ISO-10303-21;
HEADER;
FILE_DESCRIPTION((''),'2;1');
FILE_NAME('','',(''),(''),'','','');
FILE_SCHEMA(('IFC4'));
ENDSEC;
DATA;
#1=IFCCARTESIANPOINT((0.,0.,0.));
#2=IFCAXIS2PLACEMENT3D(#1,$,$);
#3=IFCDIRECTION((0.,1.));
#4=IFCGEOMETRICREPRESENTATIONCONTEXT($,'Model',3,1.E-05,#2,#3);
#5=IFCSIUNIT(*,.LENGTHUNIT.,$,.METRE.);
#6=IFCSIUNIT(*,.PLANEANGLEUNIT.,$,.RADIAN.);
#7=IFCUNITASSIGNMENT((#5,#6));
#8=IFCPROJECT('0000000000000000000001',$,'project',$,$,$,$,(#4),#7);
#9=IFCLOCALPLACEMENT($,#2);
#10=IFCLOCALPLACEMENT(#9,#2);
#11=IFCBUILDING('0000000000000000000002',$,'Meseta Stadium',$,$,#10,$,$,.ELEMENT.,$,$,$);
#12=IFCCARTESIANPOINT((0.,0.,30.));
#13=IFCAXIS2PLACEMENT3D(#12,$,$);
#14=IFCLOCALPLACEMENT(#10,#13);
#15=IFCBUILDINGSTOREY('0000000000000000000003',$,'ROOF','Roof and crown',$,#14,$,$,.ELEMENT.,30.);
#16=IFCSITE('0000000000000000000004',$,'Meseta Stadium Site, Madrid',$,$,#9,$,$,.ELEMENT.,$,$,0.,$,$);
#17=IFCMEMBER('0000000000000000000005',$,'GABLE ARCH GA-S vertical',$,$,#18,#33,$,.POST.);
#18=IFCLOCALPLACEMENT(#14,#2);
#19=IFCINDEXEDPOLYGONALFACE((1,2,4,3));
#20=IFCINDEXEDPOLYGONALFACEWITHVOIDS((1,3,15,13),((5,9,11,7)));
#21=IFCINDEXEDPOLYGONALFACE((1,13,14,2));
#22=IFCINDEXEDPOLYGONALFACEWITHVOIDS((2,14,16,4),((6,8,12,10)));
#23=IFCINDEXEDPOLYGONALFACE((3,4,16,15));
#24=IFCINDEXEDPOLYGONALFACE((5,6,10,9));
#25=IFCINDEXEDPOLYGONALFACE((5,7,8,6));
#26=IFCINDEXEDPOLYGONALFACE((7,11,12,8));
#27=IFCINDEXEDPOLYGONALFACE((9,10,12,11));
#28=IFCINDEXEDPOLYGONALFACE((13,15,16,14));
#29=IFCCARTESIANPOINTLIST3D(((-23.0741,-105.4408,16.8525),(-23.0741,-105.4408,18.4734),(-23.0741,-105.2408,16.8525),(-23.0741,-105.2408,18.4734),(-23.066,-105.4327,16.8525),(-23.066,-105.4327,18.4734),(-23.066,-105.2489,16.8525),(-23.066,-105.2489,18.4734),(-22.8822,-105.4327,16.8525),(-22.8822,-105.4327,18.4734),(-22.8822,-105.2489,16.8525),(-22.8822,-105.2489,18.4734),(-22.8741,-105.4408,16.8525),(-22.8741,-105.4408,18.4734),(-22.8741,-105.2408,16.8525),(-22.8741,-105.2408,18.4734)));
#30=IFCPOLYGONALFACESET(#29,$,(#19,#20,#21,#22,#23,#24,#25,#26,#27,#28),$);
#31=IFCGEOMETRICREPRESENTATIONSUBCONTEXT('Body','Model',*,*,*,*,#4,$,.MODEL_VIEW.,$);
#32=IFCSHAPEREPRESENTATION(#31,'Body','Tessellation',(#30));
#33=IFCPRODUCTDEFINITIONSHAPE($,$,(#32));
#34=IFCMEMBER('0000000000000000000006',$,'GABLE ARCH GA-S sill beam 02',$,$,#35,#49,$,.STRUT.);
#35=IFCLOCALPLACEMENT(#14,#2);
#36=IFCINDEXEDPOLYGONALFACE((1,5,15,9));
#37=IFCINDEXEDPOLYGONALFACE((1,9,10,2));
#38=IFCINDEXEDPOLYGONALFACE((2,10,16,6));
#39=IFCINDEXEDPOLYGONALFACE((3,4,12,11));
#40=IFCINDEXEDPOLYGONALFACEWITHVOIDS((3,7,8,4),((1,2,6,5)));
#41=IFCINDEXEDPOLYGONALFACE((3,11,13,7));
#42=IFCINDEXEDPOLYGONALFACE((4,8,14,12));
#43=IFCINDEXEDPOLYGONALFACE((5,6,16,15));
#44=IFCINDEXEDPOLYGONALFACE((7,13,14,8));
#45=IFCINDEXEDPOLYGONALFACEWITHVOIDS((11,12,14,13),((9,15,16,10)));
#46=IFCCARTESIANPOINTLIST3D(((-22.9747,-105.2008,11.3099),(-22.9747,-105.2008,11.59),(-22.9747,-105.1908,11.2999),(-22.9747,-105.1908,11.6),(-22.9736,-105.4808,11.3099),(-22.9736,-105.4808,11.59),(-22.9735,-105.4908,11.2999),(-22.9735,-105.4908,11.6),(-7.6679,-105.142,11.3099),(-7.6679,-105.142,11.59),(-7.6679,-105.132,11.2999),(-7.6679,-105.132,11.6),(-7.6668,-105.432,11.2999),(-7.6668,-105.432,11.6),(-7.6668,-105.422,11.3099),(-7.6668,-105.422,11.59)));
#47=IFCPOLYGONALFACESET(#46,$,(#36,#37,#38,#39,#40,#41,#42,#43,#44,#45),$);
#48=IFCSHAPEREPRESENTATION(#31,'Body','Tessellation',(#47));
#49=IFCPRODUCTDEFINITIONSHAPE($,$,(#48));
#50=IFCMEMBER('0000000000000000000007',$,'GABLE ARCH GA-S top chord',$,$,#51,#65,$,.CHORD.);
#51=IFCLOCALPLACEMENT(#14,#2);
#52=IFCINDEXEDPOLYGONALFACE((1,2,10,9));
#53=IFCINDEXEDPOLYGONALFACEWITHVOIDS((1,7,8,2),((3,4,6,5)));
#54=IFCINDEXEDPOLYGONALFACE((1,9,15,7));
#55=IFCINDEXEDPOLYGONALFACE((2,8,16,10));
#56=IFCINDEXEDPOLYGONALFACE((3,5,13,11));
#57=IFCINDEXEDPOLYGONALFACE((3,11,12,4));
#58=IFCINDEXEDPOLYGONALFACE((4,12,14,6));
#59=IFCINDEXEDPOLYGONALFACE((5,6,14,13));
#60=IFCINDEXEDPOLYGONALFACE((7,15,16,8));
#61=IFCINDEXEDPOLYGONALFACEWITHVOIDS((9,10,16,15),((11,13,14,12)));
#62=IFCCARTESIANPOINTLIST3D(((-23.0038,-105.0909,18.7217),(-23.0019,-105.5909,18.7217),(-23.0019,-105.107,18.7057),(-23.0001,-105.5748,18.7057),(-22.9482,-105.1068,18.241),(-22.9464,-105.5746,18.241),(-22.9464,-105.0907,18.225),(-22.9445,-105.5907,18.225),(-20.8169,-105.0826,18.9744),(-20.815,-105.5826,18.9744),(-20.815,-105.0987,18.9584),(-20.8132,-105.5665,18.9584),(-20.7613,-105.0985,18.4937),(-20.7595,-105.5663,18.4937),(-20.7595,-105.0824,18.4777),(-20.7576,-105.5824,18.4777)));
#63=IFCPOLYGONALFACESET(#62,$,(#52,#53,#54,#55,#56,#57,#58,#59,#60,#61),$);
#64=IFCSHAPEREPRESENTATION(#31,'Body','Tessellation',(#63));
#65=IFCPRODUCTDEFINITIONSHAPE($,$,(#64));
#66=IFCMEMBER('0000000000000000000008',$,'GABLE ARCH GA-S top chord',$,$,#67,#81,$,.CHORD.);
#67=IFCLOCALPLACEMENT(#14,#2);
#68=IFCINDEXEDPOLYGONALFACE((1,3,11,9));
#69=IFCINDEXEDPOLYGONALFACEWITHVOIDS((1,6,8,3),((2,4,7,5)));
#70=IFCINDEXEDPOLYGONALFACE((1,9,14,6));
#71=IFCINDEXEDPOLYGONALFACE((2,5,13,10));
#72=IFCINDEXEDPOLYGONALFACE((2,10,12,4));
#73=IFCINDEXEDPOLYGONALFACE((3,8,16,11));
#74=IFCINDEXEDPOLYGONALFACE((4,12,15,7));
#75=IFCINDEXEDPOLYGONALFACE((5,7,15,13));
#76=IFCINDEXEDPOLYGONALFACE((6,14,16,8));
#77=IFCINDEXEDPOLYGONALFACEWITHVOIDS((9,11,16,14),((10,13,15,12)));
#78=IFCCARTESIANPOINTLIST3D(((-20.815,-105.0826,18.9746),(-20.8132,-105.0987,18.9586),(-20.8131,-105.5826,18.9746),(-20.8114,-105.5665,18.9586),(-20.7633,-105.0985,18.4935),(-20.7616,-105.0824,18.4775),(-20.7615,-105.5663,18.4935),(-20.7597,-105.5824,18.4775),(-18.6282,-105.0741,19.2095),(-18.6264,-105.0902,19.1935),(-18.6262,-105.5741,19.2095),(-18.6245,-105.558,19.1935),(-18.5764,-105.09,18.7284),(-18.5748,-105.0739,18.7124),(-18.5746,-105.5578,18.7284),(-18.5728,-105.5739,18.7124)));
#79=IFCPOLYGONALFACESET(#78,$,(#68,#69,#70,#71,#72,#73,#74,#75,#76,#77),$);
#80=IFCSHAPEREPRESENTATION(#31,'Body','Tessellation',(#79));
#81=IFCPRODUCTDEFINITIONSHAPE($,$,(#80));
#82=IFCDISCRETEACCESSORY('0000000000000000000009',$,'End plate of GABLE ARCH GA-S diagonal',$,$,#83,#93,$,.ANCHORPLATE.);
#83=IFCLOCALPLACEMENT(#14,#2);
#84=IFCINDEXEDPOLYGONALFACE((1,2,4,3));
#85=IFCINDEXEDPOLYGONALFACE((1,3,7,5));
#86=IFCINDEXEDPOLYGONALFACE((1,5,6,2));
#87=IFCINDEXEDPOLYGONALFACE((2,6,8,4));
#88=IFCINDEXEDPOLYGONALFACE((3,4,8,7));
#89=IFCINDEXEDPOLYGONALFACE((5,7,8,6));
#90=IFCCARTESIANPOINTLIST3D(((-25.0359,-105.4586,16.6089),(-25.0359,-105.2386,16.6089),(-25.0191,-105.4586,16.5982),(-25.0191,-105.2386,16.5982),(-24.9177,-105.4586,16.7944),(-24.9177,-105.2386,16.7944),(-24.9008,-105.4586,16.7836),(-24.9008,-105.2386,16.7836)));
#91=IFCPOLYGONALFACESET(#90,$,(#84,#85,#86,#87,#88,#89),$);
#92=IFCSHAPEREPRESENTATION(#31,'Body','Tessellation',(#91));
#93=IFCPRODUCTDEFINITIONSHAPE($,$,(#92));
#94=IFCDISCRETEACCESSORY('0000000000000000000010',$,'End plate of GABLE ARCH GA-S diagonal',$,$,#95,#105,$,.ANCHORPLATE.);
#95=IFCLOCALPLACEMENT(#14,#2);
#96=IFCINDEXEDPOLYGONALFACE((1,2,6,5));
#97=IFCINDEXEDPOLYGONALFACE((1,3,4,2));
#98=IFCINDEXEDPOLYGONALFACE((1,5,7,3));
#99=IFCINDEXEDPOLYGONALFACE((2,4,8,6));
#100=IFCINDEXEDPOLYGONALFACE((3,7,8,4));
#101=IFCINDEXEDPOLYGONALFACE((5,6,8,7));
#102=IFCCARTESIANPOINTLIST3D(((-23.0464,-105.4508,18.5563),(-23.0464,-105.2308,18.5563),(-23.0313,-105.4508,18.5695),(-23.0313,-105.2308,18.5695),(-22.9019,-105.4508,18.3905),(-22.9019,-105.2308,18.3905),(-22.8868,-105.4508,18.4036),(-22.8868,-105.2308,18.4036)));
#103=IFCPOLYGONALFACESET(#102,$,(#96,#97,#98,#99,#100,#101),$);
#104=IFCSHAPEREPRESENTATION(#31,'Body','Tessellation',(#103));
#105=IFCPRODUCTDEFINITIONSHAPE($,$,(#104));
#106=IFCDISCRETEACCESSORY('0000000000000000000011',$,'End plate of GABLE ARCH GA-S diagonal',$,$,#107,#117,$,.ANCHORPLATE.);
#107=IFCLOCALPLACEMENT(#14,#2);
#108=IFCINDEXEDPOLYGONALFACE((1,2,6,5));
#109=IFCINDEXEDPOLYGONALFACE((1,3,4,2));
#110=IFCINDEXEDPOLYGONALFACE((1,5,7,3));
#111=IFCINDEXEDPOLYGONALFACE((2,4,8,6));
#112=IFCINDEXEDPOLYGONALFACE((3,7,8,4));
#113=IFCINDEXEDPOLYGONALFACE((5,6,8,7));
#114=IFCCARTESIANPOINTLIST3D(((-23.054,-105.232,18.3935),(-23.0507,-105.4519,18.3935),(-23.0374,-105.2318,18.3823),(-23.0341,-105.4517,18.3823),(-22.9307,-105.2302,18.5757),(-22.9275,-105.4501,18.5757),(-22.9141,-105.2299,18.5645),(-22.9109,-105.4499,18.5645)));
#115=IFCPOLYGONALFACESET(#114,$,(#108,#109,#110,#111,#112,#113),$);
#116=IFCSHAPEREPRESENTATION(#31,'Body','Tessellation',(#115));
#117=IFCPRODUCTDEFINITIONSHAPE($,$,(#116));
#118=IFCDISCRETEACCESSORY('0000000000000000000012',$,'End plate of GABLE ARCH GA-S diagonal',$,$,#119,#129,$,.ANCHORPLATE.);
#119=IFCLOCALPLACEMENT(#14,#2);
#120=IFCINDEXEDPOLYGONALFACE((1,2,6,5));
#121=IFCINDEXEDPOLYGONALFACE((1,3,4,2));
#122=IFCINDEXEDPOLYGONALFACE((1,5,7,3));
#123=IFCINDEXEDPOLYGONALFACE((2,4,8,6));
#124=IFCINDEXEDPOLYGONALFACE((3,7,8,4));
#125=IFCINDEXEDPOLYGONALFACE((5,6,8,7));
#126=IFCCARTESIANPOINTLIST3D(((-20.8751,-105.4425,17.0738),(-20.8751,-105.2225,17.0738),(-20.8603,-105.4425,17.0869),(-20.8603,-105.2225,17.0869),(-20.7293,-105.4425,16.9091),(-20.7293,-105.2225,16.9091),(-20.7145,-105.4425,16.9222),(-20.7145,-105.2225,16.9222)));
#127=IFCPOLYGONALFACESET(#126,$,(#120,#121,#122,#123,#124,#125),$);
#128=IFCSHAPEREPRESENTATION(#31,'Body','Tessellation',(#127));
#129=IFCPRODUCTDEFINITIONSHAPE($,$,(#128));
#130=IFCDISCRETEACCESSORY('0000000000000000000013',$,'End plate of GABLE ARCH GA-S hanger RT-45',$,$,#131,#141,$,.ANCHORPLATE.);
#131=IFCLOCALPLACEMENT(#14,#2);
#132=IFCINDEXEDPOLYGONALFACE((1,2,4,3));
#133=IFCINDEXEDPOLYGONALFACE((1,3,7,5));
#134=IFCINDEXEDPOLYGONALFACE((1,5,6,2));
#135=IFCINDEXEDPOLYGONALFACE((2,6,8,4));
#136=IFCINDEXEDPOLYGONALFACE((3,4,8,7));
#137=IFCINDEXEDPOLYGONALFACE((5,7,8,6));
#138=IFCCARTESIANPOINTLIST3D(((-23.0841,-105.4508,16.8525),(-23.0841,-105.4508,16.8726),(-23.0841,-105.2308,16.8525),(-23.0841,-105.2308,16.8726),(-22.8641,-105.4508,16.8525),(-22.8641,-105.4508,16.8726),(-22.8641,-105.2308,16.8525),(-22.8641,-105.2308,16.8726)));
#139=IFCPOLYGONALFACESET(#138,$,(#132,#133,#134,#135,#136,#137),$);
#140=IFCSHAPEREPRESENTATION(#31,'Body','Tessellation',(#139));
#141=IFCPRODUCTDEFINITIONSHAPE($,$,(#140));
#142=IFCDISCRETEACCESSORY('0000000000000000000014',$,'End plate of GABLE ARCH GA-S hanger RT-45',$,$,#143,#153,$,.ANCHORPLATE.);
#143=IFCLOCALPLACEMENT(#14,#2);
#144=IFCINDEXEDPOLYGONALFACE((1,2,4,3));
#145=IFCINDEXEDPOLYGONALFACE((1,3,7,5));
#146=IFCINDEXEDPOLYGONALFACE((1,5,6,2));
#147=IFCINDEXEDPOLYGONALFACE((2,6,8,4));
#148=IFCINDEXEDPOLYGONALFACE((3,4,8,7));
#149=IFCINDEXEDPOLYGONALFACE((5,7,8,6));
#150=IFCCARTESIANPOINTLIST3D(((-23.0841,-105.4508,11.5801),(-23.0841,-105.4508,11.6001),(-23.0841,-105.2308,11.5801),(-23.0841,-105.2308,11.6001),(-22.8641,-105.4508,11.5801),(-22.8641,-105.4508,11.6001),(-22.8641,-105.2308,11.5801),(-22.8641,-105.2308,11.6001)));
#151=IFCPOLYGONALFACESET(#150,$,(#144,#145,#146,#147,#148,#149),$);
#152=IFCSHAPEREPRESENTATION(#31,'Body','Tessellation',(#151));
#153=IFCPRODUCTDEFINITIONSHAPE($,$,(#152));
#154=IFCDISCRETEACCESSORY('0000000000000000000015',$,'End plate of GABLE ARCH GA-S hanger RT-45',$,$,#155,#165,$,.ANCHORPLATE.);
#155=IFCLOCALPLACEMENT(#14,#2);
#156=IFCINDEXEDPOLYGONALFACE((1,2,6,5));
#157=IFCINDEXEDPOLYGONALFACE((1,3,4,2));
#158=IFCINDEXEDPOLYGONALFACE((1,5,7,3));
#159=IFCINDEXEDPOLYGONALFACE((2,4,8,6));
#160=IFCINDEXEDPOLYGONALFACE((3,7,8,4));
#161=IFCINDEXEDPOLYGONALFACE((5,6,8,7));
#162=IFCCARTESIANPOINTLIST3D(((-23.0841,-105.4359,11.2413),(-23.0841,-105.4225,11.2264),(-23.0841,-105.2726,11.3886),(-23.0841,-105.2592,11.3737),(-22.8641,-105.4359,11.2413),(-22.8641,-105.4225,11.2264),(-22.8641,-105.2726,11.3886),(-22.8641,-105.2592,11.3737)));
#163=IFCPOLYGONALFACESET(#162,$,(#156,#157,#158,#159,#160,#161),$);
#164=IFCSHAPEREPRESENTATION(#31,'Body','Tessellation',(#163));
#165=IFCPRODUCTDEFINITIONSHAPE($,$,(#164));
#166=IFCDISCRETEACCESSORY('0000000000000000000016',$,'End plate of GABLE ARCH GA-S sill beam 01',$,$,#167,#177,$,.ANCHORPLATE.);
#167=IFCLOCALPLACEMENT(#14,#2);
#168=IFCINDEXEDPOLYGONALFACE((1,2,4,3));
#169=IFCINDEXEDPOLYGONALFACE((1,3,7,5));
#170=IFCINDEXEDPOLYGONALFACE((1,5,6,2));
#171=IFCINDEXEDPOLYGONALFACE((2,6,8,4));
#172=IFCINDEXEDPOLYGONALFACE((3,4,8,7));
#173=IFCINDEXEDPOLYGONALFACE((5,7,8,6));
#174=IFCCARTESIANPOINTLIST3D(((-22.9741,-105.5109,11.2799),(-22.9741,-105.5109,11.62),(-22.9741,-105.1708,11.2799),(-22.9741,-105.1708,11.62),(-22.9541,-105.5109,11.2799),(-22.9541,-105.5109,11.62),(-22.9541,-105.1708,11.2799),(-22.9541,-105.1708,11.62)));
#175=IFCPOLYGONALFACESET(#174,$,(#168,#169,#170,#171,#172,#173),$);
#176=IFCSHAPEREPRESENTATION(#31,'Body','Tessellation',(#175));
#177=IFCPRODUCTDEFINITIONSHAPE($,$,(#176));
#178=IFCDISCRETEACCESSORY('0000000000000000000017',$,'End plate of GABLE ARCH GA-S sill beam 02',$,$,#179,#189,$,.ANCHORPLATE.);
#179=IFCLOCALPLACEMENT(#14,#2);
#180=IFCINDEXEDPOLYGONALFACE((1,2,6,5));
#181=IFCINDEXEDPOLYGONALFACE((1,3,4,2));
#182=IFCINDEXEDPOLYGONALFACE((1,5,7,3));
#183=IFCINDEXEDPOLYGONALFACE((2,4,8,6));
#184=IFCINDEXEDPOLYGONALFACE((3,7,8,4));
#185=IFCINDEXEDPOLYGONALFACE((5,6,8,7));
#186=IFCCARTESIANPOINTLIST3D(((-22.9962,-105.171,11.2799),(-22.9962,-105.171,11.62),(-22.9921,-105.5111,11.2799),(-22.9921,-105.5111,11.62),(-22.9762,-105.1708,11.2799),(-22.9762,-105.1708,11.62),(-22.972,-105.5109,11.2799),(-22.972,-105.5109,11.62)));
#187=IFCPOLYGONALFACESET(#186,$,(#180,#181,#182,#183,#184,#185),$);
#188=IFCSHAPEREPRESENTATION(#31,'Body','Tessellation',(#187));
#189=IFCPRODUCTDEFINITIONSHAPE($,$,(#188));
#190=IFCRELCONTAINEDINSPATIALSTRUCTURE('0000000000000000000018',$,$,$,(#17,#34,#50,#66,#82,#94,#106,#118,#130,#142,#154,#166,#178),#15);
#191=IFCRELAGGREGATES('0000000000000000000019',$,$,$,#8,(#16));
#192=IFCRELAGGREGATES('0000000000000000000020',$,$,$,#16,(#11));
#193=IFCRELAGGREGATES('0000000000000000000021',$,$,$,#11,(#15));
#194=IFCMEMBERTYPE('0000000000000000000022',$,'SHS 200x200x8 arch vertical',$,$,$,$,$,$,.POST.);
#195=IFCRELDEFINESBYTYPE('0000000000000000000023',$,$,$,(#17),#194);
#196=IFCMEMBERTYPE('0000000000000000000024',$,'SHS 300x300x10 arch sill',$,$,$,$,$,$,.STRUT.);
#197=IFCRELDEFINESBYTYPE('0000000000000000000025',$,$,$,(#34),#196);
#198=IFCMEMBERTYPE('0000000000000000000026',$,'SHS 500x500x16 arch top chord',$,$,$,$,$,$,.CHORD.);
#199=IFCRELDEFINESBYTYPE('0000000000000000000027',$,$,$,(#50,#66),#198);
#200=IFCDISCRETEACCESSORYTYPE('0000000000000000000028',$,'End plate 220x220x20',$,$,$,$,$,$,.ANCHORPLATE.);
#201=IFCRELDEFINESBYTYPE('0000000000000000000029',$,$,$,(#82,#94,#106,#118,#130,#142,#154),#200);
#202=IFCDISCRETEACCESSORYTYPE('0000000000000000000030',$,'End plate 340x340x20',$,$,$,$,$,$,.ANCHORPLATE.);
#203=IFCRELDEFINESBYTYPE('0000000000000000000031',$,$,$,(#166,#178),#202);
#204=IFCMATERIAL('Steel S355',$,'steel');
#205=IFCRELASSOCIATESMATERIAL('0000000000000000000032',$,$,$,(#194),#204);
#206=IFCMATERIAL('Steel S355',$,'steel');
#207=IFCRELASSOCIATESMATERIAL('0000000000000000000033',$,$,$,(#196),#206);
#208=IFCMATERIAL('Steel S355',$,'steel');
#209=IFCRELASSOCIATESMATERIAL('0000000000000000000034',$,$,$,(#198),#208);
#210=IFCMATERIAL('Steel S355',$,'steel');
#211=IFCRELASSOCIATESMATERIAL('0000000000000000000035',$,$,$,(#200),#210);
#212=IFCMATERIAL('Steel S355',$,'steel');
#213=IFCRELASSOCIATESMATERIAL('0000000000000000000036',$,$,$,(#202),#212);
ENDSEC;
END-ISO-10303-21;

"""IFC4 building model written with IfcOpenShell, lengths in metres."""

from ifc_helpers import new_model, si_unit, direction, frame, origin, origin_2d, place, context, subcontext, project, spatial, rectangle, hollow_rectangle, extrude, material, material_profile, profile_set, type_object, element, save


model = new_model("IFC4")

# Units and contexts
model_context = context("Model", 3, precision=1e-05, world=origin(), true_north=direction((0.0, 1.0)))
body_context = subcontext(model_context, "Body", "Model", "MODEL_VIEW")
ifc_project = project(units=[si_unit("LENGTHUNIT", "METRE"), si_unit("PLANEANGLEUNIT", "RADIAN")], contexts=[model_context])

# Site, building, storey
site_placement = place(None, origin())
site = spatial("IfcSite", under=ifc_project, at=site_placement, Name="Meseta Stadium Site, Madrid", CompositionType="ELEMENT", RefElevation=0.0)
building_placement = place(site_placement, origin())
building = spatial("IfcBuilding", under=site, at=building_placement, Name="Meseta Stadium", CompositionType="ELEMENT")
storey_placement = place(building_placement, frame((0.0, 0.0, 30.0)))
storey = spatial("IfcBuildingStorey", under=building, at=storey_placement, Name="ROOF", Description="Roof and crown", CompositionType="ELEMENT", Elevation=30.0)

# Members
ifc_material_1 = material(Name="Steel S355", Category="steel")
ifc_material_profile_1 = material_profile(ifc_material_1, hollow_rectangle(XDim=0.2, YDim=0.2, WallThickness=0.0081, at=origin_2d()), Name="SHS 200x200x8")
ifc_profile_set_1 = profile_set([ifc_material_profile_1], Name="Steel S355")
member_type_1 = type_object("IfcMemberType", Name="SHS 200x200x8 arch vertical", PredefinedType="POST", material=ifc_profile_set_1)
member_1_placement = place(storey_placement, frame((-22.9741, -105.3408, 16.8525), z_axis=(0.0, 0.0, 1.0), x_axis=(1.0, 0.0, 0.0)))
element("IfcMember", 1, at=member_1_placement, inside=storey, type_object=member_type_1, Name="GABLE ARCH GA-S vertical", PredefinedType="POST", context=body_context, shape_type="SweptSolid", body=[
    extrude(hollow_rectangle(XDim=0.2, YDim=0.2, WallThickness=0.0081, at=origin_2d()), origin(), (0.0, 0.0, 1.0), 1.6208),
])
ifc_material_2 = material(Name="Steel S355", Category="steel")
ifc_material_profile_2 = material_profile(ifc_material_2, hollow_rectangle(XDim=0.3, YDim=0.3, WallThickness=0.01, at=origin_2d()), Name="SHS 300x300x10")
ifc_profile_set_2 = profile_set([ifc_material_profile_2], Name="Steel S355")
member_type_2 = type_object("IfcMemberType", Name="SHS 300x300x10 arch sill", PredefinedType="STRUT", material=ifc_profile_set_2)
member_2_placement = place(storey_placement, frame((-22.9741, -105.3408, 11.45), z_axis=(0.999993, 0.003844, 0.0), x_axis=(-0.003844, 0.999993, 0.0)))
element("IfcMember", 2, at=member_2_placement, inside=storey, type_object=member_type_2, Name="GABLE ARCH GA-S sill beam 02", PredefinedType="STRUT", context=body_context, shape_type="SweptSolid", body=[
    extrude(hollow_rectangle(XDim=0.3, YDim=0.3, WallThickness=0.01, at=origin_2d()), origin(), (0.0, 0.0, 1.0), 15.3069),
])
ifc_material_3 = material(Name="Steel S355", Category="steel")
ifc_material_profile_3 = material_profile(ifc_material_3, hollow_rectangle(XDim=0.5, YDim=0.5, WallThickness=0.0161, at=origin_2d()), Name="SHS 500x500x16")
ifc_profile_set_3 = profile_set([ifc_material_profile_3], Name="Steel S355")
member_type_3 = type_object("IfcMemberType", Name="SHS 500x500x16 arch top chord", PredefinedType="CHORD", material=ifc_profile_set_3)
member_3_placement = place(storey_placement, frame((-22.9741, -105.3408, 18.4734), z_axis=(0.993383, 0.003771, 0.114787), x_axis=(-0.003796, 0.999993, 0.0)))
element("IfcMember", 3, at=member_3_placement, inside=storey, type_object=member_type_3, Name="GABLE ARCH GA-S top chord", PredefinedType="CHORD", context=body_context, shape_type="SweptSolid", body=[
    extrude(hollow_rectangle(XDim=0.5, YDim=0.5, WallThickness=0.0161, at=origin_2d()), origin(), (0.0, 0.0, 1.0), 2.2014),
])
member_4_placement = place(storey_placement, frame((-20.7874, -105.3325, 18.7261), z_axis=(0.994274, 0.003885, 0.106787), x_axis=(-0.003908, 0.999992, 0.0)))
element("IfcMember", 4, at=member_4_placement, inside=storey, type_object=member_type_3, Name="GABLE ARCH GA-S top chord", PredefinedType="CHORD", context=body_context, shape_type="SweptSolid", body=[
    extrude(hollow_rectangle(XDim=0.5, YDim=0.5, WallThickness=0.0161, at=origin_2d()), origin(), (0.0, 0.0, 1.0), 2.1995),
])

# Discrete accessories
ifc_material_4 = material(Name="Steel S355", Category="steel")
ifc_material_profile_4 = material_profile(ifc_material_4, rectangle(XDim=0.22, YDim=0.22, at=origin_2d()), Name="PL 220x220")
ifc_profile_set_4 = profile_set([ifc_material_profile_4], Name="Steel S355")
discrete_accessory_type_1 = type_object("IfcDiscreteAccessoryType", Name="End plate 220x220x20", PredefinedType="ANCHORPLATE", material=ifc_profile_set_4)
for number, where, z_axis, x_axis, name in (
    (5, (-24.9768, -105.3486, 16.7017), (0.843158, 0.0, -0.537666), (0.0, 1.0, 0.0), "End plate of GABLE ARCH GA-S diagonal"),
    (6, (-22.9741, -105.3408, 18.4734), (0.754082, 0.0, 0.656781), (0.0, 1.0, 0.0), "End plate of GABLE ARCH GA-S diagonal"),
    (7, (-22.9907, -105.3411, 18.4846), (0.828222, 0.01218, -0.560268), (-0.014704, 0.999892, 0.0), "End plate of GABLE ARCH GA-S diagonal"),
):
    element("IfcDiscreteAccessory", number, at=place(storey_placement, frame(where, z_axis=z_axis, x_axis=x_axis)), inside=storey, type_object=discrete_accessory_type_1, Name=name, PredefinedType="ANCHORPLATE", context=body_context, shape_type="SweptSolid", body=[
        extrude(rectangle(XDim=0.22, YDim=0.22, at=origin_2d()), origin(), (0.0, 0.0, 1.0), 0.02),
    ])
discrete_accessory_placement = place(storey_placement, frame((-20.8022, -105.3325, 16.9915), z_axis=(0.748762, 0.0, 0.662839), x_axis=(0.0, 1.0, 0.0)))
element("IfcDiscreteAccessory", 8, at=discrete_accessory_placement, inside=storey, type_object=discrete_accessory_type_1, Name="End plate of GABLE ARCH GA-S diagonal", PredefinedType="ANCHORPLATE", context=body_context, shape_type="SweptSolid", body=[
    extrude(rectangle(XDim=0.22, YDim=0.22, at=origin_2d()), origin(), (0.0, 0.0, 1.0), 0.0198),
])
for number, where, z_axis, x_axis, name in (
    (9, (-22.9741, -105.3408, 16.8726), (0.0, 0.0, -1.0), (1.0, 0.0, 0.0), "End plate of GABLE ARCH GA-S hanger RT-45"),
    (10, (-22.9741, -105.3408, 11.6001), (0.0, 0.0, -1.0), (1.0, 0.0, 0.0), "End plate of GABLE ARCH GA-S hanger RT-45"),
    (11, (-22.9741, -105.3542, 11.3149), (0.0, 0.669637, -0.742688), (-1.0, 0.0, 0.0), "End plate of GABLE ARCH GA-S hanger RT-45"),
):
    element("IfcDiscreteAccessory", number, at=place(storey_placement, frame(where, z_axis=z_axis, x_axis=x_axis)), inside=storey, type_object=discrete_accessory_type_1, Name=name, PredefinedType="ANCHORPLATE", context=body_context, shape_type="SweptSolid", body=[
        extrude(rectangle(XDim=0.22, YDim=0.22, at=origin_2d()), origin(), (0.0, 0.0, 1.0), 0.02),
    ])
ifc_material_5 = material(Name="Steel S355", Category="steel")
ifc_material_profile_5 = material_profile(ifc_material_5, rectangle(XDim=0.3401, YDim=0.3401, at=origin_2d()), Name="PL 340x340")
ifc_profile_set_5 = profile_set([ifc_material_profile_5], Name="Steel S355")
discrete_accessory_type_2 = type_object("IfcDiscreteAccessoryType", Name="End plate 340x340x20", PredefinedType="ANCHORPLATE", material=ifc_profile_set_5)
for number, where, z_axis, x_axis, name in (
    (12, (-22.9741, -105.3408, 11.45), (1.0, 0.0, 0.0), (0.0, 1.0, 0.0), "End plate of GABLE ARCH GA-S sill beam 01"),
    (13, (-22.9941, -105.3411, 11.45), (0.999926, 0.012194, 0.0), (-0.012194, 0.999926, 0.0), "End plate of GABLE ARCH GA-S sill beam 02"),
):
    element("IfcDiscreteAccessory", number, at=place(storey_placement, frame(where, z_axis=z_axis, x_axis=x_axis)), inside=storey, type_object=discrete_accessory_type_2, Name=name, PredefinedType="ANCHORPLATE", context=body_context, shape_type="SweptSolid", body=[
        extrude(rectangle(XDim=0.3401, YDim=0.3401, at=origin_2d()), origin(), (0.0, 0.0, 1.0), 0.02),
    ])

save(model, "model.ifc")
